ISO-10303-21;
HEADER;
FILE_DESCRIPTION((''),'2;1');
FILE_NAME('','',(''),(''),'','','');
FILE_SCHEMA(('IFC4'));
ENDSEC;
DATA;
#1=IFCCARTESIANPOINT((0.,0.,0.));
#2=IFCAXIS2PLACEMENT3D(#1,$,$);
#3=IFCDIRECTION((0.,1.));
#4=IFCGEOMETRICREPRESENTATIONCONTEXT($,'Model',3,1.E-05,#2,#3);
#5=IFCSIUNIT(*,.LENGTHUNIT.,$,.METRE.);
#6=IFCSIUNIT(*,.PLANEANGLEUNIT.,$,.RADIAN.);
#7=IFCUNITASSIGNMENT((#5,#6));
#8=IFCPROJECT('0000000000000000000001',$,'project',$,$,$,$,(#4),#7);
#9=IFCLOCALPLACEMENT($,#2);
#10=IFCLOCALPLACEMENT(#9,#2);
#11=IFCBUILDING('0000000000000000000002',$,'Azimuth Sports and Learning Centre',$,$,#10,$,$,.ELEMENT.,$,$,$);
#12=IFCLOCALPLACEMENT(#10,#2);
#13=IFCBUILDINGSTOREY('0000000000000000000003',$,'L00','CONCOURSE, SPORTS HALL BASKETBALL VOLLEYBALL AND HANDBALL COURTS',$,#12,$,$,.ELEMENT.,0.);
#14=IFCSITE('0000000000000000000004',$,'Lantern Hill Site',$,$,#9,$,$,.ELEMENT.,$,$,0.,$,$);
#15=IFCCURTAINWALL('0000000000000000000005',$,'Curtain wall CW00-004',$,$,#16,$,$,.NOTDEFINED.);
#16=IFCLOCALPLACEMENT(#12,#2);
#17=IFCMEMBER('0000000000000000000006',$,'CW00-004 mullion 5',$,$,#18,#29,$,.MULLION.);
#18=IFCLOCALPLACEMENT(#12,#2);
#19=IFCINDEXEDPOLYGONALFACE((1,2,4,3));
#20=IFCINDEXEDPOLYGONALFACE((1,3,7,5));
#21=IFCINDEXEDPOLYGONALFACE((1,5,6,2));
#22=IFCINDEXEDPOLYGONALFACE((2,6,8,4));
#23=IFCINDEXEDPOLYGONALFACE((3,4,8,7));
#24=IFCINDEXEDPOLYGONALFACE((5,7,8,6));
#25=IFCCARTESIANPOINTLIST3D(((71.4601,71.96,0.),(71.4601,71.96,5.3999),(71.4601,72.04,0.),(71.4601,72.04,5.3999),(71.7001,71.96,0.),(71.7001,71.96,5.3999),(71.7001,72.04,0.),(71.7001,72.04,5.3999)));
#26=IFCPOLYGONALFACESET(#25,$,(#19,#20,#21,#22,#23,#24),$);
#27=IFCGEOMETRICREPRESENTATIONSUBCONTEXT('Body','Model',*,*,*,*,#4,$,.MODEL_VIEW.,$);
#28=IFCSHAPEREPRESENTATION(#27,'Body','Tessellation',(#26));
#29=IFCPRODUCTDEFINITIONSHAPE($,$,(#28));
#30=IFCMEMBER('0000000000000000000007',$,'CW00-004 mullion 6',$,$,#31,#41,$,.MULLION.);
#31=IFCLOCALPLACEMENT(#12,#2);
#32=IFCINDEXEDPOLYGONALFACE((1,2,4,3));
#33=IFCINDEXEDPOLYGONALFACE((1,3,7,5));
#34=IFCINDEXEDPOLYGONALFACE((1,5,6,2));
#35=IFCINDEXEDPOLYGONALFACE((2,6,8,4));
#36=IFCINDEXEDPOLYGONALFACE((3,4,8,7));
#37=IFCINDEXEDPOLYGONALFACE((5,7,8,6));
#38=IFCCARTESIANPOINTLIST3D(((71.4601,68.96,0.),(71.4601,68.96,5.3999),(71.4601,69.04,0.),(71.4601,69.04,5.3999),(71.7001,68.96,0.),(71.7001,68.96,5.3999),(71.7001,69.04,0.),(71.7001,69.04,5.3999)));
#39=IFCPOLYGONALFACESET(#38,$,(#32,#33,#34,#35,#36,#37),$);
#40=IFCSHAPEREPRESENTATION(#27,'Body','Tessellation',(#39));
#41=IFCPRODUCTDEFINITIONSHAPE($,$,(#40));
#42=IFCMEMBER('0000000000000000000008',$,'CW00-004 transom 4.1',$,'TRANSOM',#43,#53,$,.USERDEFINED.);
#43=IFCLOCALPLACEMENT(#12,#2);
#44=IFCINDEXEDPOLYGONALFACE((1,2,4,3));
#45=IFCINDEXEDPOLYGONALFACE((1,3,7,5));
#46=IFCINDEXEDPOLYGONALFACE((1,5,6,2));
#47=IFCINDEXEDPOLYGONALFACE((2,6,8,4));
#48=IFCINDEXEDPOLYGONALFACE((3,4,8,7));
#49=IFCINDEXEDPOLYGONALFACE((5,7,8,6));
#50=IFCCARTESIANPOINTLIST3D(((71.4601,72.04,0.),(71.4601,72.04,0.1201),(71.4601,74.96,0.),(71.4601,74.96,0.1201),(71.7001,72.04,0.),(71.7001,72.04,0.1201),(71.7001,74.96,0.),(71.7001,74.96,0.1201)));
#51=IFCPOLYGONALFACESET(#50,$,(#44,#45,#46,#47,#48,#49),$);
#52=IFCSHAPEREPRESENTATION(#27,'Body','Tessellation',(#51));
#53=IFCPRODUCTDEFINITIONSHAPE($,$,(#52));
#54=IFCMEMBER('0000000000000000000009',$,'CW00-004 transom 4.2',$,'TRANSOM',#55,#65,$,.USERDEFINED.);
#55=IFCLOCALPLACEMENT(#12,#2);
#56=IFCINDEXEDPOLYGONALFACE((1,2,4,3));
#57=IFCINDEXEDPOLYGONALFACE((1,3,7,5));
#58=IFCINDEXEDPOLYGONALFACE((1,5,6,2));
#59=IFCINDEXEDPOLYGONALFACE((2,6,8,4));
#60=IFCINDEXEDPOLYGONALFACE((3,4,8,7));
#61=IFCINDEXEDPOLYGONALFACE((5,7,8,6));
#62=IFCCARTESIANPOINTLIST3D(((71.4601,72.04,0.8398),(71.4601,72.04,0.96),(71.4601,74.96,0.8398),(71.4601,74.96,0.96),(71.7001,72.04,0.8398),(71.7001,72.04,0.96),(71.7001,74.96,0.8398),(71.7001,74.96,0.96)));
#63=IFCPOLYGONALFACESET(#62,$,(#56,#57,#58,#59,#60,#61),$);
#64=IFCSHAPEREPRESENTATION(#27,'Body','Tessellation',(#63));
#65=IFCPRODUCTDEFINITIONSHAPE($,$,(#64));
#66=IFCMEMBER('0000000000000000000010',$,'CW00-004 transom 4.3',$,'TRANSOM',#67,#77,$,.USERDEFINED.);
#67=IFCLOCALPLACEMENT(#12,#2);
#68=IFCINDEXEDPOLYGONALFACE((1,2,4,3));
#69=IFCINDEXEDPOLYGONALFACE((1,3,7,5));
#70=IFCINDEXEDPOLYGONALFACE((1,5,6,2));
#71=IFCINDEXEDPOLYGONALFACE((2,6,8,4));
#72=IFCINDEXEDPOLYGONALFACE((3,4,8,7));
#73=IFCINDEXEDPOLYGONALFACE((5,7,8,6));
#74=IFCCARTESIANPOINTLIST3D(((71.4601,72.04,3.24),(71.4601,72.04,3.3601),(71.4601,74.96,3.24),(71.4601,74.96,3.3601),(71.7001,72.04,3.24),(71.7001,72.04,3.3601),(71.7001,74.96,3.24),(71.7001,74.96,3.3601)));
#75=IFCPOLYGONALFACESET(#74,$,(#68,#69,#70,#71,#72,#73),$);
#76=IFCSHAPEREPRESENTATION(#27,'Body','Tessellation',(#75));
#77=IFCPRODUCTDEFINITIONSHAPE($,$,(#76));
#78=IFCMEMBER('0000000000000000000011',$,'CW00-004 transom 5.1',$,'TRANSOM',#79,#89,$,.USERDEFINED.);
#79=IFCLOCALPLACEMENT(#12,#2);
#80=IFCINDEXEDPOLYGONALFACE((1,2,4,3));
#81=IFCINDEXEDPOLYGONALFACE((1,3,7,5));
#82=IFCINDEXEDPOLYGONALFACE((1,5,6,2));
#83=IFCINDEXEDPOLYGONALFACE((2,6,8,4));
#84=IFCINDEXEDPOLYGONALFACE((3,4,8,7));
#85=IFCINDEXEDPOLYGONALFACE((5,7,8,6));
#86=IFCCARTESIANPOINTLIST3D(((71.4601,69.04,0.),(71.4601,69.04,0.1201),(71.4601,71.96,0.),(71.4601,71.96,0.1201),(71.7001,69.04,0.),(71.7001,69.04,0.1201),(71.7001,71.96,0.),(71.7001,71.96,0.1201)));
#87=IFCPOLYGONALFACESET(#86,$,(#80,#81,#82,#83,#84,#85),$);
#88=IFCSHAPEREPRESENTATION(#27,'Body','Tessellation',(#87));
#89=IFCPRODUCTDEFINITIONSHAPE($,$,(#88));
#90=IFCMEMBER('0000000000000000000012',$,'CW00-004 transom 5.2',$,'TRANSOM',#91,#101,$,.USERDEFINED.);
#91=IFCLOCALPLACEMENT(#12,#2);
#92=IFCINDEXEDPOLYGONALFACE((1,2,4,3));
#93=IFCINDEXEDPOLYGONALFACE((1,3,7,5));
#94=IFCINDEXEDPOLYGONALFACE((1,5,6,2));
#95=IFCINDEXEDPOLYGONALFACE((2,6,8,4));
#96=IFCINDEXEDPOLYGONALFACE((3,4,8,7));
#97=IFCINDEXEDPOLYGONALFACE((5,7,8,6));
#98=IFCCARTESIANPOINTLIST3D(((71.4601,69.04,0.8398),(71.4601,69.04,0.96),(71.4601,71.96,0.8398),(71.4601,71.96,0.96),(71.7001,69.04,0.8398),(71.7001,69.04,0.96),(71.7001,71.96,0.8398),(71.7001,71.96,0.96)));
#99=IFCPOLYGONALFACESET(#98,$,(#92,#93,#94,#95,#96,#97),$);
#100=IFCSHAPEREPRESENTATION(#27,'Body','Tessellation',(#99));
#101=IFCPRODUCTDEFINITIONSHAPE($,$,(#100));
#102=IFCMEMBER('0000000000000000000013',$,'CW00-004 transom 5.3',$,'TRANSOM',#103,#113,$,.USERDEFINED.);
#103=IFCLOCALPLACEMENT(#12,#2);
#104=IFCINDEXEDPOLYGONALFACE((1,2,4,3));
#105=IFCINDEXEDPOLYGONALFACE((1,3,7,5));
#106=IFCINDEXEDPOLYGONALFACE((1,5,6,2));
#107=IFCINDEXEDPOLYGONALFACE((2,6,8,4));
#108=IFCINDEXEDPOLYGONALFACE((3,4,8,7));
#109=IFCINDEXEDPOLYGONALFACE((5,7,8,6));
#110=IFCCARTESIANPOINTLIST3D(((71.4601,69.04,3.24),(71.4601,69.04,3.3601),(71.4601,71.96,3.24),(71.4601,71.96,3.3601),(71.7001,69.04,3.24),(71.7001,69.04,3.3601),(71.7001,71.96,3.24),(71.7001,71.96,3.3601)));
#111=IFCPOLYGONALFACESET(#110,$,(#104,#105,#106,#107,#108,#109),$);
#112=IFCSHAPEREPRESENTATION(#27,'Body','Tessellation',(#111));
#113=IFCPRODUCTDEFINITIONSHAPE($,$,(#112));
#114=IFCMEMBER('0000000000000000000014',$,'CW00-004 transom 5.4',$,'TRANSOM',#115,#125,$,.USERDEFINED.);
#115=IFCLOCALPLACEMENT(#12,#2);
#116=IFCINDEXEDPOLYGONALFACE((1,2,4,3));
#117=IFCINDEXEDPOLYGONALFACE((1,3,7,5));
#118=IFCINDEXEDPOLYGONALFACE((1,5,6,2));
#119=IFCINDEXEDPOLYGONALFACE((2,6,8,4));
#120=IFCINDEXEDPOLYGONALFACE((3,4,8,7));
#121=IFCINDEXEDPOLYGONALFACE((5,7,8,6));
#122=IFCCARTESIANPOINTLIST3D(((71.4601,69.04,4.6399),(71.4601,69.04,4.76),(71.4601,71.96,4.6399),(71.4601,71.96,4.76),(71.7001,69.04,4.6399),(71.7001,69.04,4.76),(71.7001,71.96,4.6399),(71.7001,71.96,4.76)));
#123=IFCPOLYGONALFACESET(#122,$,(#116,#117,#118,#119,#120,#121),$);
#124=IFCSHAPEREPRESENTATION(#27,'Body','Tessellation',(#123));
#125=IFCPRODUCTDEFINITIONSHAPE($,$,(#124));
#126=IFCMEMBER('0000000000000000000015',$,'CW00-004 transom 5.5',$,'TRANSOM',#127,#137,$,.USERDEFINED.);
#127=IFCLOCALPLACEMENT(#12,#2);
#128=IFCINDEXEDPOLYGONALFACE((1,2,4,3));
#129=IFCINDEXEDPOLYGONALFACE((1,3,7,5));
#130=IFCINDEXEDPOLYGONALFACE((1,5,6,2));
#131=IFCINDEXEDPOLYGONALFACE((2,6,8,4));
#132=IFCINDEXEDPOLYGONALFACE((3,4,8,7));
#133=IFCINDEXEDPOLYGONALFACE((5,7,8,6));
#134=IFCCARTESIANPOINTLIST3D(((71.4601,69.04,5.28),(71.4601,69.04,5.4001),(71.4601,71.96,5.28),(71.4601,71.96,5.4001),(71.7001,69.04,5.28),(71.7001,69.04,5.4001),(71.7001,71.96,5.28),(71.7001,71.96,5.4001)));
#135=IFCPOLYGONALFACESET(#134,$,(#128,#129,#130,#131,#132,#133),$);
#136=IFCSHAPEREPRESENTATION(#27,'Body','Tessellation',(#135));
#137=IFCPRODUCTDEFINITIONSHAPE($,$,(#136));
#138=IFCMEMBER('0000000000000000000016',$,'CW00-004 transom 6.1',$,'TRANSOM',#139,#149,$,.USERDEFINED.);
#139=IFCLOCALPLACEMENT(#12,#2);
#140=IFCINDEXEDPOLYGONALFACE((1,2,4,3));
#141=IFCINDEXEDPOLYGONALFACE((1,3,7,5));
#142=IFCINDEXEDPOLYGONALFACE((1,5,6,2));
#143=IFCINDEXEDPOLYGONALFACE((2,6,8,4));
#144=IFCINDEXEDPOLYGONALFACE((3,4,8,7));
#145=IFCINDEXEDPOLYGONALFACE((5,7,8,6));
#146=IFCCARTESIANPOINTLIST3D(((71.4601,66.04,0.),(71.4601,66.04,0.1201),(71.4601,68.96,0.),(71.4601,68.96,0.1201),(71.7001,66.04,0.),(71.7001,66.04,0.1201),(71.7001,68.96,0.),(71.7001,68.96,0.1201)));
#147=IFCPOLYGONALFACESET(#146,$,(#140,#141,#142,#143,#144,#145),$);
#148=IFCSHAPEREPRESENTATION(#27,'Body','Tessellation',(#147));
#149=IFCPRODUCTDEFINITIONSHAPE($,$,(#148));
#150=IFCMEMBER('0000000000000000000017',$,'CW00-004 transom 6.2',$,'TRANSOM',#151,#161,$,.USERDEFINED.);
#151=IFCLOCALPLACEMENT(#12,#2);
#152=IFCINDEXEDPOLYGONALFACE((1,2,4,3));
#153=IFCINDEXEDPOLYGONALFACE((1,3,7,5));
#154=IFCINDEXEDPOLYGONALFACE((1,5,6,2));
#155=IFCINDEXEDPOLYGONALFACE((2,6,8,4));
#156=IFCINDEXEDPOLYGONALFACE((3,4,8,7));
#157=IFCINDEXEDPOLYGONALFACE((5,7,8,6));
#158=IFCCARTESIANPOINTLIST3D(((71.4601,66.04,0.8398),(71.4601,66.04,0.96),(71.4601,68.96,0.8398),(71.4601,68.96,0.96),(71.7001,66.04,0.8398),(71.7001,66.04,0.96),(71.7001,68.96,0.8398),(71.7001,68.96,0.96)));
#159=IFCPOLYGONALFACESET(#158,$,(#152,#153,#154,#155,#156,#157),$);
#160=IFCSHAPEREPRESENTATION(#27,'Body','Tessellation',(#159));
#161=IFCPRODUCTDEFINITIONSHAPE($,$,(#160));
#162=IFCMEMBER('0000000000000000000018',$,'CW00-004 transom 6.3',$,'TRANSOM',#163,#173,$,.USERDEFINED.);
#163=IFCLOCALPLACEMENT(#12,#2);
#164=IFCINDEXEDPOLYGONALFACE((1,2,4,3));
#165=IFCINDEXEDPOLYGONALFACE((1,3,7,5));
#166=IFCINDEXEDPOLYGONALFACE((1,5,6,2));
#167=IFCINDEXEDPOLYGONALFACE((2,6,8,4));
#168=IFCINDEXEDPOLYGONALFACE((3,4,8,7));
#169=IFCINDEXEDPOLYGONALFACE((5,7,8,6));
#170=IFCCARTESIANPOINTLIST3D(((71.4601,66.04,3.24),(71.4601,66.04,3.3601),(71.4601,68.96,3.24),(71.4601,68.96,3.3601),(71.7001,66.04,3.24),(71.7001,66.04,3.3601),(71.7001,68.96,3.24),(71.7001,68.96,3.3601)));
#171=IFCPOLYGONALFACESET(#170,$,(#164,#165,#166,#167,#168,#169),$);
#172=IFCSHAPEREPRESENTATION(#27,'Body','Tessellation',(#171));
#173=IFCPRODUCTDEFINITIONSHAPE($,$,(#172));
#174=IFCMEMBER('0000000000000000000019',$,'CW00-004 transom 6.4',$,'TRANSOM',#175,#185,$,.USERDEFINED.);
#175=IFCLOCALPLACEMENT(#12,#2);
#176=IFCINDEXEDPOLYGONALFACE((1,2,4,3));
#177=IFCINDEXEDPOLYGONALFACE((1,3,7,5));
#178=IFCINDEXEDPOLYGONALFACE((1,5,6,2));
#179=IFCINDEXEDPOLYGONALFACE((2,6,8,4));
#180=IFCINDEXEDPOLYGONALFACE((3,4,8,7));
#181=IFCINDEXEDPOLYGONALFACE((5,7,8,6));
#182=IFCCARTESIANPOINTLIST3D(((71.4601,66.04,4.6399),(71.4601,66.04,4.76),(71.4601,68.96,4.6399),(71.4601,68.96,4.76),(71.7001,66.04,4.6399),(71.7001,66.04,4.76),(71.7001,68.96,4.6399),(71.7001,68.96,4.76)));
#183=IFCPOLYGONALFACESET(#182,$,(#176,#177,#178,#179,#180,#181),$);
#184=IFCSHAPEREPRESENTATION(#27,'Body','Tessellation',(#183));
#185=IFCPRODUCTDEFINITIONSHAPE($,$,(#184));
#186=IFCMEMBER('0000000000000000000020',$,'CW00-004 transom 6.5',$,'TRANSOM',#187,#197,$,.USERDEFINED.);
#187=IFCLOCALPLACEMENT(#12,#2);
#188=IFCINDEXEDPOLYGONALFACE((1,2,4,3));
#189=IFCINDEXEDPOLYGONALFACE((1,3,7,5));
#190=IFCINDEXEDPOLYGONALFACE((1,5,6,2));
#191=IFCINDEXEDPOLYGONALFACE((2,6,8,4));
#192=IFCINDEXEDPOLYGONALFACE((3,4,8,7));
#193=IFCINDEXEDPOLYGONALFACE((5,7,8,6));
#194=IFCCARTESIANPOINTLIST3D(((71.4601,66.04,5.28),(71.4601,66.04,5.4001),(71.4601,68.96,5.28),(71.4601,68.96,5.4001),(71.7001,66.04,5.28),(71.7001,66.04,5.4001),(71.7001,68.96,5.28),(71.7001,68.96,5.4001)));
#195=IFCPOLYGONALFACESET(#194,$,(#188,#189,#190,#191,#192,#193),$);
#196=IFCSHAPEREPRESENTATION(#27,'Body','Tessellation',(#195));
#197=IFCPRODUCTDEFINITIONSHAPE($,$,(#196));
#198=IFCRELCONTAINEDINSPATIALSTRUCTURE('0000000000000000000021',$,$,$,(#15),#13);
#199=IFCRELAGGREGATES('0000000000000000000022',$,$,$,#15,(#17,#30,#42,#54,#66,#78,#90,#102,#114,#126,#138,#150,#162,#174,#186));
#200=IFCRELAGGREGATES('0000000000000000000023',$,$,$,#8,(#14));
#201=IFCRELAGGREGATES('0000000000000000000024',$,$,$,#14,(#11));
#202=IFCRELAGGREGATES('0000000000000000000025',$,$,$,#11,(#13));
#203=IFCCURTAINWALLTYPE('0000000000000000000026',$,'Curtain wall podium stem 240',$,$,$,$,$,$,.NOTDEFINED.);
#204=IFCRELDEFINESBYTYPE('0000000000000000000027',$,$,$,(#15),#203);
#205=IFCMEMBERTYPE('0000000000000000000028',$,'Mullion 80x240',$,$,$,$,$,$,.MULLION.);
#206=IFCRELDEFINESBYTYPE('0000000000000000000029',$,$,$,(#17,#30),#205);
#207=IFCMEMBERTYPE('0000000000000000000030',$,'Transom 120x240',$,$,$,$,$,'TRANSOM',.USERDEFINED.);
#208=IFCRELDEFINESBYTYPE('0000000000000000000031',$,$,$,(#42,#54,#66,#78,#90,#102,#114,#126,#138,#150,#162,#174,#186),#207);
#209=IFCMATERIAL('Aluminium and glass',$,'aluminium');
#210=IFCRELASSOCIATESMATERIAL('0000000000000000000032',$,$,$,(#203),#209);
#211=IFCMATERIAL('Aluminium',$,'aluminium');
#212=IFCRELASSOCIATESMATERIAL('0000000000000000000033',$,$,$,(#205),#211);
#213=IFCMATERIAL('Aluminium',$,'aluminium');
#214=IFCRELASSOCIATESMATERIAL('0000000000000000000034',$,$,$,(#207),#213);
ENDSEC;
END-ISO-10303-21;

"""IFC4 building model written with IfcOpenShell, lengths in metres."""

from ifc_helpers import new_model, si_unit, direction, frame, origin, origin_2d, place, context, subcontext, project, spatial, rectangle, extrude, material, material_profile, profile_set, type_object, element, aggregate, save


model = new_model("IFC4")

# Units and contexts
model_context = context("Model", 3, precision=1e-05, world=origin(), true_north=direction((0.0, 1.0)))
body_context = subcontext(model_context, "Body", "Model", "MODEL_VIEW")
ifc_project = project(units=[si_unit("LENGTHUNIT", "METRE"), si_unit("PLANEANGLEUNIT", "RADIAN")], contexts=[model_context])

# Site, building, storey
site_placement = place(None, origin())
site = spatial("IfcSite", under=ifc_project, at=site_placement, Name="Lantern Hill Site", CompositionType="ELEMENT", RefElevation=0.0)
building_placement = place(site_placement, origin())
building = spatial("IfcBuilding", under=site, at=building_placement, Name="Azimuth Sports and Learning Centre", CompositionType="ELEMENT")
storey_placement = place(building_placement, origin())
storey = spatial("IfcBuildingStorey", under=building, at=storey_placement, Name="L00", Description="CONCOURSE, SPORTS HALL BASKETBALL VOLLEYBALL AND HANDBALL COURTS", CompositionType="ELEMENT", Elevation=0.0)

# Curtain wall, members
ifc_material_1 = material(Name="Aluminium and glass", Category="aluminium")
curtain_wall_type = type_object("IfcCurtainWallType", Name="Curtain wall podium stem 240", PredefinedType="NOTDEFINED", material=ifc_material_1)
curtain_wall_placement = place(storey_placement, origin())
curtain_wall = element("IfcCurtainWall", 1, at=curtain_wall_placement, inside=storey, type_object=curtain_wall_type, Name="Curtain wall CW00-004", PredefinedType="NOTDEFINED")
ifc_material_2 = material(Name="Aluminium", Category="aluminium")
ifc_material_profile_1 = material_profile(ifc_material_2, rectangle(XDim=0.24, YDim=0.0801, at=origin_2d()), Name="Mullion 80x240")
ifc_profile_set_1 = profile_set([ifc_material_profile_1], Name="Aluminium")
member_type_1 = type_object("IfcMemberType", Name="Mullion 80x240", PredefinedType="MULLION", material=ifc_profile_set_1)
member_1_placement = place(storey_placement, frame((71.5801, 72.0, 0.0), z_axis=(0.0, 0.0, 1.0), x_axis=(1.0, 0.0, 0.0)))
member_1 = element("IfcMember", 2, at=member_1_placement, type_object=member_type_1, Name="CW00-004 mullion 5", PredefinedType="MULLION", context=body_context, shape_type="SweptSolid", body=[
    extrude(rectangle(XDim=0.24, YDim=0.0801, at=origin_2d()), origin(), (0.0, 0.0, 1.0), 5.3999),
])
member_2_placement = place(storey_placement, frame((71.5801, 69.0, 0.0), z_axis=(0.0, 0.0, 1.0), x_axis=(1.0, 0.0, 0.0)))
member_2 = element("IfcMember", 3, at=member_2_placement, type_object=member_type_1, Name="CW00-004 mullion 6", PredefinedType="MULLION", context=body_context, shape_type="SweptSolid", body=[
    extrude(rectangle(XDim=0.24, YDim=0.0801, at=origin_2d()), origin(), (0.0, 0.0, 1.0), 5.3999),
])
ifc_material_3 = material(Name="Aluminium", Category="aluminium")
ifc_material_profile_2 = material_profile(ifc_material_3, rectangle(XDim=0.24, YDim=0.1201, at=origin_2d()), Name="Transom 120x240")
ifc_profile_set_2 = profile_set([ifc_material_profile_2], Name="Aluminium")
member_type_2 = type_object("IfcMemberType", Name="Transom 120x240", ElementType="TRANSOM", PredefinedType="USERDEFINED", material=ifc_profile_set_2)
member_3_placement = place(storey_placement, frame((71.5801, 74.96, 0.0601), z_axis=(0.0, -1.0, 0.0), x_axis=(1.0, 0.0, 0.0)))
member_3 = element("IfcMember", 4, at=member_3_placement, type_object=member_type_2, Name="CW00-004 transom 4.1", ObjectType="TRANSOM", PredefinedType="USERDEFINED", context=body_context, shape_type="SweptSolid", body=[
    extrude(rectangle(XDim=0.24, YDim=0.1201, at=origin_2d()), origin(), (0.0, 0.0, 1.0), 2.9199),
])
member_4_placement = place(storey_placement, frame((71.5801, 74.96, 0.8999), z_axis=(0.0, -1.0, 0.0), x_axis=(1.0, 0.0, 0.0)))
member_4 = element("IfcMember", 5, at=member_4_placement, type_object=member_type_2, Name="CW00-004 transom 4.2", ObjectType="TRANSOM", PredefinedType="USERDEFINED", context=body_context, shape_type="SweptSolid", body=[
    extrude(rectangle(XDim=0.24, YDim=0.1201, at=origin_2d()), origin(), (0.0, 0.0, 1.0), 2.9199),
])
member_5_placement = place(storey_placement, frame((71.5801, 74.96, 3.3), z_axis=(0.0, -1.0, 0.0), x_axis=(1.0, 0.0, 0.0)))
member_5 = element("IfcMember", 6, at=member_5_placement, type_object=member_type_2, Name="CW00-004 transom 4.3", ObjectType="TRANSOM", PredefinedType="USERDEFINED", context=body_context, shape_type="SweptSolid", body=[
    extrude(rectangle(XDim=0.24, YDim=0.1201, at=origin_2d()), origin(), (0.0, 0.0, 1.0), 2.9199),
])
member_6_placement = place(storey_placement, frame((71.5801, 71.96, 0.0601), z_axis=(0.0, -1.0, 0.0), x_axis=(1.0, 0.0, 0.0)))
member_6 = element("IfcMember", 7, at=member_6_placement, type_object=member_type_2, Name="CW00-004 transom 5.1", ObjectType="TRANSOM", PredefinedType="USERDEFINED", context=body_context, shape_type="SweptSolid", body=[
    extrude(rectangle(XDim=0.24, YDim=0.1201, at=origin_2d()), origin(), (0.0, 0.0, 1.0), 2.9199),
])
member_7_placement = place(storey_placement, frame((71.5801, 71.96, 0.8999), z_axis=(0.0, -1.0, 0.0), x_axis=(1.0, 0.0, 0.0)))
member_7 = element("IfcMember", 8, at=member_7_placement, type_object=member_type_2, Name="CW00-004 transom 5.2", ObjectType="TRANSOM", PredefinedType="USERDEFINED", context=body_context, shape_type="SweptSolid", body=[
    extrude(rectangle(XDim=0.24, YDim=0.1201, at=origin_2d()), origin(), (0.0, 0.0, 1.0), 2.9199),
])
member_8_placement = place(storey_placement, frame((71.5801, 71.96, 3.3), z_axis=(0.0, -1.0, 0.0), x_axis=(1.0, 0.0, 0.0)))
member_8 = element("IfcMember", 9, at=member_8_placement, type_object=member_type_2, Name="CW00-004 transom 5.3", ObjectType="TRANSOM", PredefinedType="USERDEFINED", context=body_context, shape_type="SweptSolid", body=[
    extrude(rectangle(XDim=0.24, YDim=0.1201, at=origin_2d()), origin(), (0.0, 0.0, 1.0), 2.9199),
])
member_9_placement = place(storey_placement, frame((71.5801, 71.96, 4.7), z_axis=(0.0, -1.0, 0.0), x_axis=(1.0, 0.0, 0.0)))
member_9 = element("IfcMember", 10, at=member_9_placement, type_object=member_type_2, Name="CW00-004 transom 5.4", ObjectType="TRANSOM", PredefinedType="USERDEFINED", context=body_context, shape_type="SweptSolid", body=[
    extrude(rectangle(XDim=0.24, YDim=0.1201, at=origin_2d()), origin(), (0.0, 0.0, 1.0), 2.9199),
])
member_10_placement = place(storey_placement, frame((71.5801, 71.96, 5.3401), z_axis=(0.0, -1.0, 0.0), x_axis=(1.0, 0.0, 0.0)))
member_10 = element("IfcMember", 11, at=member_10_placement, type_object=member_type_2, Name="CW00-004 transom 5.5", ObjectType="TRANSOM", PredefinedType="USERDEFINED", context=body_context, shape_type="SweptSolid", body=[
    extrude(rectangle(XDim=0.24, YDim=0.1201, at=origin_2d()), origin(), (0.0, 0.0, 1.0), 2.9199),
])
member_11_placement = place(storey_placement, frame((71.5801, 68.96, 0.0601), z_axis=(0.0, -1.0, 0.0), x_axis=(1.0, 0.0, 0.0)))
member_11 = element("IfcMember", 12, at=member_11_placement, type_object=member_type_2, Name="CW00-004 transom 6.1", ObjectType="TRANSOM", PredefinedType="USERDEFINED", context=body_context, shape_type="SweptSolid", body=[
    extrude(rectangle(XDim=0.24, YDim=0.1201, at=origin_2d()), origin(), (0.0, 0.0, 1.0), 2.9199),
])
member_12_placement = place(storey_placement, frame((71.5801, 68.96, 0.8999), z_axis=(0.0, -1.0, 0.0), x_axis=(1.0, 0.0, 0.0)))
member_12 = element("IfcMember", 13, at=member_12_placement, type_object=member_type_2, Name="CW00-004 transom 6.2", ObjectType="TRANSOM", PredefinedType="USERDEFINED", context=body_context, shape_type="SweptSolid", body=[
    extrude(rectangle(XDim=0.24, YDim=0.1201, at=origin_2d()), origin(), (0.0, 0.0, 1.0), 2.9199),
])
member_13_placement = place(storey_placement, frame((71.5801, 68.96, 3.3), z_axis=(0.0, -1.0, 0.0), x_axis=(1.0, 0.0, 0.0)))
member_13 = element("IfcMember", 14, at=member_13_placement, type_object=member_type_2, Name="CW00-004 transom 6.3", ObjectType="TRANSOM", PredefinedType="USERDEFINED", context=body_context, shape_type="SweptSolid", body=[
    extrude(rectangle(XDim=0.24, YDim=0.1201, at=origin_2d()), origin(), (0.0, 0.0, 1.0), 2.9199),
])
member_14_placement = place(storey_placement, frame((71.5801, 68.96, 4.7), z_axis=(0.0, -1.0, 0.0), x_axis=(1.0, 0.0, 0.0)))
member_14 = element("IfcMember", 15, at=member_14_placement, type_object=member_type_2, Name="CW00-004 transom 6.4", ObjectType="TRANSOM", PredefinedType="USERDEFINED", context=body_context, shape_type="SweptSolid", body=[
    extrude(rectangle(XDim=0.24, YDim=0.1201, at=origin_2d()), origin(), (0.0, 0.0, 1.0), 2.9199),
])
member_15_placement = place(storey_placement, frame((71.5801, 68.96, 5.3401), z_axis=(0.0, -1.0, 0.0), x_axis=(1.0, 0.0, 0.0)))
member_15 = element("IfcMember", 16, at=member_15_placement, type_object=member_type_2, Name="CW00-004 transom 6.5", ObjectType="TRANSOM", PredefinedType="USERDEFINED", context=body_context, shape_type="SweptSolid", body=[
    extrude(rectangle(XDim=0.24, YDim=0.1201, at=origin_2d()), origin(), (0.0, 0.0, 1.0), 2.9199),
])
aggregate(curtain_wall, [member_1, member_2, member_3, member_4, member_5, member_6, member_7, member_8, member_9, member_10, member_11, member_12, member_13, member_14, member_15])

save(model, "model.ifc")
